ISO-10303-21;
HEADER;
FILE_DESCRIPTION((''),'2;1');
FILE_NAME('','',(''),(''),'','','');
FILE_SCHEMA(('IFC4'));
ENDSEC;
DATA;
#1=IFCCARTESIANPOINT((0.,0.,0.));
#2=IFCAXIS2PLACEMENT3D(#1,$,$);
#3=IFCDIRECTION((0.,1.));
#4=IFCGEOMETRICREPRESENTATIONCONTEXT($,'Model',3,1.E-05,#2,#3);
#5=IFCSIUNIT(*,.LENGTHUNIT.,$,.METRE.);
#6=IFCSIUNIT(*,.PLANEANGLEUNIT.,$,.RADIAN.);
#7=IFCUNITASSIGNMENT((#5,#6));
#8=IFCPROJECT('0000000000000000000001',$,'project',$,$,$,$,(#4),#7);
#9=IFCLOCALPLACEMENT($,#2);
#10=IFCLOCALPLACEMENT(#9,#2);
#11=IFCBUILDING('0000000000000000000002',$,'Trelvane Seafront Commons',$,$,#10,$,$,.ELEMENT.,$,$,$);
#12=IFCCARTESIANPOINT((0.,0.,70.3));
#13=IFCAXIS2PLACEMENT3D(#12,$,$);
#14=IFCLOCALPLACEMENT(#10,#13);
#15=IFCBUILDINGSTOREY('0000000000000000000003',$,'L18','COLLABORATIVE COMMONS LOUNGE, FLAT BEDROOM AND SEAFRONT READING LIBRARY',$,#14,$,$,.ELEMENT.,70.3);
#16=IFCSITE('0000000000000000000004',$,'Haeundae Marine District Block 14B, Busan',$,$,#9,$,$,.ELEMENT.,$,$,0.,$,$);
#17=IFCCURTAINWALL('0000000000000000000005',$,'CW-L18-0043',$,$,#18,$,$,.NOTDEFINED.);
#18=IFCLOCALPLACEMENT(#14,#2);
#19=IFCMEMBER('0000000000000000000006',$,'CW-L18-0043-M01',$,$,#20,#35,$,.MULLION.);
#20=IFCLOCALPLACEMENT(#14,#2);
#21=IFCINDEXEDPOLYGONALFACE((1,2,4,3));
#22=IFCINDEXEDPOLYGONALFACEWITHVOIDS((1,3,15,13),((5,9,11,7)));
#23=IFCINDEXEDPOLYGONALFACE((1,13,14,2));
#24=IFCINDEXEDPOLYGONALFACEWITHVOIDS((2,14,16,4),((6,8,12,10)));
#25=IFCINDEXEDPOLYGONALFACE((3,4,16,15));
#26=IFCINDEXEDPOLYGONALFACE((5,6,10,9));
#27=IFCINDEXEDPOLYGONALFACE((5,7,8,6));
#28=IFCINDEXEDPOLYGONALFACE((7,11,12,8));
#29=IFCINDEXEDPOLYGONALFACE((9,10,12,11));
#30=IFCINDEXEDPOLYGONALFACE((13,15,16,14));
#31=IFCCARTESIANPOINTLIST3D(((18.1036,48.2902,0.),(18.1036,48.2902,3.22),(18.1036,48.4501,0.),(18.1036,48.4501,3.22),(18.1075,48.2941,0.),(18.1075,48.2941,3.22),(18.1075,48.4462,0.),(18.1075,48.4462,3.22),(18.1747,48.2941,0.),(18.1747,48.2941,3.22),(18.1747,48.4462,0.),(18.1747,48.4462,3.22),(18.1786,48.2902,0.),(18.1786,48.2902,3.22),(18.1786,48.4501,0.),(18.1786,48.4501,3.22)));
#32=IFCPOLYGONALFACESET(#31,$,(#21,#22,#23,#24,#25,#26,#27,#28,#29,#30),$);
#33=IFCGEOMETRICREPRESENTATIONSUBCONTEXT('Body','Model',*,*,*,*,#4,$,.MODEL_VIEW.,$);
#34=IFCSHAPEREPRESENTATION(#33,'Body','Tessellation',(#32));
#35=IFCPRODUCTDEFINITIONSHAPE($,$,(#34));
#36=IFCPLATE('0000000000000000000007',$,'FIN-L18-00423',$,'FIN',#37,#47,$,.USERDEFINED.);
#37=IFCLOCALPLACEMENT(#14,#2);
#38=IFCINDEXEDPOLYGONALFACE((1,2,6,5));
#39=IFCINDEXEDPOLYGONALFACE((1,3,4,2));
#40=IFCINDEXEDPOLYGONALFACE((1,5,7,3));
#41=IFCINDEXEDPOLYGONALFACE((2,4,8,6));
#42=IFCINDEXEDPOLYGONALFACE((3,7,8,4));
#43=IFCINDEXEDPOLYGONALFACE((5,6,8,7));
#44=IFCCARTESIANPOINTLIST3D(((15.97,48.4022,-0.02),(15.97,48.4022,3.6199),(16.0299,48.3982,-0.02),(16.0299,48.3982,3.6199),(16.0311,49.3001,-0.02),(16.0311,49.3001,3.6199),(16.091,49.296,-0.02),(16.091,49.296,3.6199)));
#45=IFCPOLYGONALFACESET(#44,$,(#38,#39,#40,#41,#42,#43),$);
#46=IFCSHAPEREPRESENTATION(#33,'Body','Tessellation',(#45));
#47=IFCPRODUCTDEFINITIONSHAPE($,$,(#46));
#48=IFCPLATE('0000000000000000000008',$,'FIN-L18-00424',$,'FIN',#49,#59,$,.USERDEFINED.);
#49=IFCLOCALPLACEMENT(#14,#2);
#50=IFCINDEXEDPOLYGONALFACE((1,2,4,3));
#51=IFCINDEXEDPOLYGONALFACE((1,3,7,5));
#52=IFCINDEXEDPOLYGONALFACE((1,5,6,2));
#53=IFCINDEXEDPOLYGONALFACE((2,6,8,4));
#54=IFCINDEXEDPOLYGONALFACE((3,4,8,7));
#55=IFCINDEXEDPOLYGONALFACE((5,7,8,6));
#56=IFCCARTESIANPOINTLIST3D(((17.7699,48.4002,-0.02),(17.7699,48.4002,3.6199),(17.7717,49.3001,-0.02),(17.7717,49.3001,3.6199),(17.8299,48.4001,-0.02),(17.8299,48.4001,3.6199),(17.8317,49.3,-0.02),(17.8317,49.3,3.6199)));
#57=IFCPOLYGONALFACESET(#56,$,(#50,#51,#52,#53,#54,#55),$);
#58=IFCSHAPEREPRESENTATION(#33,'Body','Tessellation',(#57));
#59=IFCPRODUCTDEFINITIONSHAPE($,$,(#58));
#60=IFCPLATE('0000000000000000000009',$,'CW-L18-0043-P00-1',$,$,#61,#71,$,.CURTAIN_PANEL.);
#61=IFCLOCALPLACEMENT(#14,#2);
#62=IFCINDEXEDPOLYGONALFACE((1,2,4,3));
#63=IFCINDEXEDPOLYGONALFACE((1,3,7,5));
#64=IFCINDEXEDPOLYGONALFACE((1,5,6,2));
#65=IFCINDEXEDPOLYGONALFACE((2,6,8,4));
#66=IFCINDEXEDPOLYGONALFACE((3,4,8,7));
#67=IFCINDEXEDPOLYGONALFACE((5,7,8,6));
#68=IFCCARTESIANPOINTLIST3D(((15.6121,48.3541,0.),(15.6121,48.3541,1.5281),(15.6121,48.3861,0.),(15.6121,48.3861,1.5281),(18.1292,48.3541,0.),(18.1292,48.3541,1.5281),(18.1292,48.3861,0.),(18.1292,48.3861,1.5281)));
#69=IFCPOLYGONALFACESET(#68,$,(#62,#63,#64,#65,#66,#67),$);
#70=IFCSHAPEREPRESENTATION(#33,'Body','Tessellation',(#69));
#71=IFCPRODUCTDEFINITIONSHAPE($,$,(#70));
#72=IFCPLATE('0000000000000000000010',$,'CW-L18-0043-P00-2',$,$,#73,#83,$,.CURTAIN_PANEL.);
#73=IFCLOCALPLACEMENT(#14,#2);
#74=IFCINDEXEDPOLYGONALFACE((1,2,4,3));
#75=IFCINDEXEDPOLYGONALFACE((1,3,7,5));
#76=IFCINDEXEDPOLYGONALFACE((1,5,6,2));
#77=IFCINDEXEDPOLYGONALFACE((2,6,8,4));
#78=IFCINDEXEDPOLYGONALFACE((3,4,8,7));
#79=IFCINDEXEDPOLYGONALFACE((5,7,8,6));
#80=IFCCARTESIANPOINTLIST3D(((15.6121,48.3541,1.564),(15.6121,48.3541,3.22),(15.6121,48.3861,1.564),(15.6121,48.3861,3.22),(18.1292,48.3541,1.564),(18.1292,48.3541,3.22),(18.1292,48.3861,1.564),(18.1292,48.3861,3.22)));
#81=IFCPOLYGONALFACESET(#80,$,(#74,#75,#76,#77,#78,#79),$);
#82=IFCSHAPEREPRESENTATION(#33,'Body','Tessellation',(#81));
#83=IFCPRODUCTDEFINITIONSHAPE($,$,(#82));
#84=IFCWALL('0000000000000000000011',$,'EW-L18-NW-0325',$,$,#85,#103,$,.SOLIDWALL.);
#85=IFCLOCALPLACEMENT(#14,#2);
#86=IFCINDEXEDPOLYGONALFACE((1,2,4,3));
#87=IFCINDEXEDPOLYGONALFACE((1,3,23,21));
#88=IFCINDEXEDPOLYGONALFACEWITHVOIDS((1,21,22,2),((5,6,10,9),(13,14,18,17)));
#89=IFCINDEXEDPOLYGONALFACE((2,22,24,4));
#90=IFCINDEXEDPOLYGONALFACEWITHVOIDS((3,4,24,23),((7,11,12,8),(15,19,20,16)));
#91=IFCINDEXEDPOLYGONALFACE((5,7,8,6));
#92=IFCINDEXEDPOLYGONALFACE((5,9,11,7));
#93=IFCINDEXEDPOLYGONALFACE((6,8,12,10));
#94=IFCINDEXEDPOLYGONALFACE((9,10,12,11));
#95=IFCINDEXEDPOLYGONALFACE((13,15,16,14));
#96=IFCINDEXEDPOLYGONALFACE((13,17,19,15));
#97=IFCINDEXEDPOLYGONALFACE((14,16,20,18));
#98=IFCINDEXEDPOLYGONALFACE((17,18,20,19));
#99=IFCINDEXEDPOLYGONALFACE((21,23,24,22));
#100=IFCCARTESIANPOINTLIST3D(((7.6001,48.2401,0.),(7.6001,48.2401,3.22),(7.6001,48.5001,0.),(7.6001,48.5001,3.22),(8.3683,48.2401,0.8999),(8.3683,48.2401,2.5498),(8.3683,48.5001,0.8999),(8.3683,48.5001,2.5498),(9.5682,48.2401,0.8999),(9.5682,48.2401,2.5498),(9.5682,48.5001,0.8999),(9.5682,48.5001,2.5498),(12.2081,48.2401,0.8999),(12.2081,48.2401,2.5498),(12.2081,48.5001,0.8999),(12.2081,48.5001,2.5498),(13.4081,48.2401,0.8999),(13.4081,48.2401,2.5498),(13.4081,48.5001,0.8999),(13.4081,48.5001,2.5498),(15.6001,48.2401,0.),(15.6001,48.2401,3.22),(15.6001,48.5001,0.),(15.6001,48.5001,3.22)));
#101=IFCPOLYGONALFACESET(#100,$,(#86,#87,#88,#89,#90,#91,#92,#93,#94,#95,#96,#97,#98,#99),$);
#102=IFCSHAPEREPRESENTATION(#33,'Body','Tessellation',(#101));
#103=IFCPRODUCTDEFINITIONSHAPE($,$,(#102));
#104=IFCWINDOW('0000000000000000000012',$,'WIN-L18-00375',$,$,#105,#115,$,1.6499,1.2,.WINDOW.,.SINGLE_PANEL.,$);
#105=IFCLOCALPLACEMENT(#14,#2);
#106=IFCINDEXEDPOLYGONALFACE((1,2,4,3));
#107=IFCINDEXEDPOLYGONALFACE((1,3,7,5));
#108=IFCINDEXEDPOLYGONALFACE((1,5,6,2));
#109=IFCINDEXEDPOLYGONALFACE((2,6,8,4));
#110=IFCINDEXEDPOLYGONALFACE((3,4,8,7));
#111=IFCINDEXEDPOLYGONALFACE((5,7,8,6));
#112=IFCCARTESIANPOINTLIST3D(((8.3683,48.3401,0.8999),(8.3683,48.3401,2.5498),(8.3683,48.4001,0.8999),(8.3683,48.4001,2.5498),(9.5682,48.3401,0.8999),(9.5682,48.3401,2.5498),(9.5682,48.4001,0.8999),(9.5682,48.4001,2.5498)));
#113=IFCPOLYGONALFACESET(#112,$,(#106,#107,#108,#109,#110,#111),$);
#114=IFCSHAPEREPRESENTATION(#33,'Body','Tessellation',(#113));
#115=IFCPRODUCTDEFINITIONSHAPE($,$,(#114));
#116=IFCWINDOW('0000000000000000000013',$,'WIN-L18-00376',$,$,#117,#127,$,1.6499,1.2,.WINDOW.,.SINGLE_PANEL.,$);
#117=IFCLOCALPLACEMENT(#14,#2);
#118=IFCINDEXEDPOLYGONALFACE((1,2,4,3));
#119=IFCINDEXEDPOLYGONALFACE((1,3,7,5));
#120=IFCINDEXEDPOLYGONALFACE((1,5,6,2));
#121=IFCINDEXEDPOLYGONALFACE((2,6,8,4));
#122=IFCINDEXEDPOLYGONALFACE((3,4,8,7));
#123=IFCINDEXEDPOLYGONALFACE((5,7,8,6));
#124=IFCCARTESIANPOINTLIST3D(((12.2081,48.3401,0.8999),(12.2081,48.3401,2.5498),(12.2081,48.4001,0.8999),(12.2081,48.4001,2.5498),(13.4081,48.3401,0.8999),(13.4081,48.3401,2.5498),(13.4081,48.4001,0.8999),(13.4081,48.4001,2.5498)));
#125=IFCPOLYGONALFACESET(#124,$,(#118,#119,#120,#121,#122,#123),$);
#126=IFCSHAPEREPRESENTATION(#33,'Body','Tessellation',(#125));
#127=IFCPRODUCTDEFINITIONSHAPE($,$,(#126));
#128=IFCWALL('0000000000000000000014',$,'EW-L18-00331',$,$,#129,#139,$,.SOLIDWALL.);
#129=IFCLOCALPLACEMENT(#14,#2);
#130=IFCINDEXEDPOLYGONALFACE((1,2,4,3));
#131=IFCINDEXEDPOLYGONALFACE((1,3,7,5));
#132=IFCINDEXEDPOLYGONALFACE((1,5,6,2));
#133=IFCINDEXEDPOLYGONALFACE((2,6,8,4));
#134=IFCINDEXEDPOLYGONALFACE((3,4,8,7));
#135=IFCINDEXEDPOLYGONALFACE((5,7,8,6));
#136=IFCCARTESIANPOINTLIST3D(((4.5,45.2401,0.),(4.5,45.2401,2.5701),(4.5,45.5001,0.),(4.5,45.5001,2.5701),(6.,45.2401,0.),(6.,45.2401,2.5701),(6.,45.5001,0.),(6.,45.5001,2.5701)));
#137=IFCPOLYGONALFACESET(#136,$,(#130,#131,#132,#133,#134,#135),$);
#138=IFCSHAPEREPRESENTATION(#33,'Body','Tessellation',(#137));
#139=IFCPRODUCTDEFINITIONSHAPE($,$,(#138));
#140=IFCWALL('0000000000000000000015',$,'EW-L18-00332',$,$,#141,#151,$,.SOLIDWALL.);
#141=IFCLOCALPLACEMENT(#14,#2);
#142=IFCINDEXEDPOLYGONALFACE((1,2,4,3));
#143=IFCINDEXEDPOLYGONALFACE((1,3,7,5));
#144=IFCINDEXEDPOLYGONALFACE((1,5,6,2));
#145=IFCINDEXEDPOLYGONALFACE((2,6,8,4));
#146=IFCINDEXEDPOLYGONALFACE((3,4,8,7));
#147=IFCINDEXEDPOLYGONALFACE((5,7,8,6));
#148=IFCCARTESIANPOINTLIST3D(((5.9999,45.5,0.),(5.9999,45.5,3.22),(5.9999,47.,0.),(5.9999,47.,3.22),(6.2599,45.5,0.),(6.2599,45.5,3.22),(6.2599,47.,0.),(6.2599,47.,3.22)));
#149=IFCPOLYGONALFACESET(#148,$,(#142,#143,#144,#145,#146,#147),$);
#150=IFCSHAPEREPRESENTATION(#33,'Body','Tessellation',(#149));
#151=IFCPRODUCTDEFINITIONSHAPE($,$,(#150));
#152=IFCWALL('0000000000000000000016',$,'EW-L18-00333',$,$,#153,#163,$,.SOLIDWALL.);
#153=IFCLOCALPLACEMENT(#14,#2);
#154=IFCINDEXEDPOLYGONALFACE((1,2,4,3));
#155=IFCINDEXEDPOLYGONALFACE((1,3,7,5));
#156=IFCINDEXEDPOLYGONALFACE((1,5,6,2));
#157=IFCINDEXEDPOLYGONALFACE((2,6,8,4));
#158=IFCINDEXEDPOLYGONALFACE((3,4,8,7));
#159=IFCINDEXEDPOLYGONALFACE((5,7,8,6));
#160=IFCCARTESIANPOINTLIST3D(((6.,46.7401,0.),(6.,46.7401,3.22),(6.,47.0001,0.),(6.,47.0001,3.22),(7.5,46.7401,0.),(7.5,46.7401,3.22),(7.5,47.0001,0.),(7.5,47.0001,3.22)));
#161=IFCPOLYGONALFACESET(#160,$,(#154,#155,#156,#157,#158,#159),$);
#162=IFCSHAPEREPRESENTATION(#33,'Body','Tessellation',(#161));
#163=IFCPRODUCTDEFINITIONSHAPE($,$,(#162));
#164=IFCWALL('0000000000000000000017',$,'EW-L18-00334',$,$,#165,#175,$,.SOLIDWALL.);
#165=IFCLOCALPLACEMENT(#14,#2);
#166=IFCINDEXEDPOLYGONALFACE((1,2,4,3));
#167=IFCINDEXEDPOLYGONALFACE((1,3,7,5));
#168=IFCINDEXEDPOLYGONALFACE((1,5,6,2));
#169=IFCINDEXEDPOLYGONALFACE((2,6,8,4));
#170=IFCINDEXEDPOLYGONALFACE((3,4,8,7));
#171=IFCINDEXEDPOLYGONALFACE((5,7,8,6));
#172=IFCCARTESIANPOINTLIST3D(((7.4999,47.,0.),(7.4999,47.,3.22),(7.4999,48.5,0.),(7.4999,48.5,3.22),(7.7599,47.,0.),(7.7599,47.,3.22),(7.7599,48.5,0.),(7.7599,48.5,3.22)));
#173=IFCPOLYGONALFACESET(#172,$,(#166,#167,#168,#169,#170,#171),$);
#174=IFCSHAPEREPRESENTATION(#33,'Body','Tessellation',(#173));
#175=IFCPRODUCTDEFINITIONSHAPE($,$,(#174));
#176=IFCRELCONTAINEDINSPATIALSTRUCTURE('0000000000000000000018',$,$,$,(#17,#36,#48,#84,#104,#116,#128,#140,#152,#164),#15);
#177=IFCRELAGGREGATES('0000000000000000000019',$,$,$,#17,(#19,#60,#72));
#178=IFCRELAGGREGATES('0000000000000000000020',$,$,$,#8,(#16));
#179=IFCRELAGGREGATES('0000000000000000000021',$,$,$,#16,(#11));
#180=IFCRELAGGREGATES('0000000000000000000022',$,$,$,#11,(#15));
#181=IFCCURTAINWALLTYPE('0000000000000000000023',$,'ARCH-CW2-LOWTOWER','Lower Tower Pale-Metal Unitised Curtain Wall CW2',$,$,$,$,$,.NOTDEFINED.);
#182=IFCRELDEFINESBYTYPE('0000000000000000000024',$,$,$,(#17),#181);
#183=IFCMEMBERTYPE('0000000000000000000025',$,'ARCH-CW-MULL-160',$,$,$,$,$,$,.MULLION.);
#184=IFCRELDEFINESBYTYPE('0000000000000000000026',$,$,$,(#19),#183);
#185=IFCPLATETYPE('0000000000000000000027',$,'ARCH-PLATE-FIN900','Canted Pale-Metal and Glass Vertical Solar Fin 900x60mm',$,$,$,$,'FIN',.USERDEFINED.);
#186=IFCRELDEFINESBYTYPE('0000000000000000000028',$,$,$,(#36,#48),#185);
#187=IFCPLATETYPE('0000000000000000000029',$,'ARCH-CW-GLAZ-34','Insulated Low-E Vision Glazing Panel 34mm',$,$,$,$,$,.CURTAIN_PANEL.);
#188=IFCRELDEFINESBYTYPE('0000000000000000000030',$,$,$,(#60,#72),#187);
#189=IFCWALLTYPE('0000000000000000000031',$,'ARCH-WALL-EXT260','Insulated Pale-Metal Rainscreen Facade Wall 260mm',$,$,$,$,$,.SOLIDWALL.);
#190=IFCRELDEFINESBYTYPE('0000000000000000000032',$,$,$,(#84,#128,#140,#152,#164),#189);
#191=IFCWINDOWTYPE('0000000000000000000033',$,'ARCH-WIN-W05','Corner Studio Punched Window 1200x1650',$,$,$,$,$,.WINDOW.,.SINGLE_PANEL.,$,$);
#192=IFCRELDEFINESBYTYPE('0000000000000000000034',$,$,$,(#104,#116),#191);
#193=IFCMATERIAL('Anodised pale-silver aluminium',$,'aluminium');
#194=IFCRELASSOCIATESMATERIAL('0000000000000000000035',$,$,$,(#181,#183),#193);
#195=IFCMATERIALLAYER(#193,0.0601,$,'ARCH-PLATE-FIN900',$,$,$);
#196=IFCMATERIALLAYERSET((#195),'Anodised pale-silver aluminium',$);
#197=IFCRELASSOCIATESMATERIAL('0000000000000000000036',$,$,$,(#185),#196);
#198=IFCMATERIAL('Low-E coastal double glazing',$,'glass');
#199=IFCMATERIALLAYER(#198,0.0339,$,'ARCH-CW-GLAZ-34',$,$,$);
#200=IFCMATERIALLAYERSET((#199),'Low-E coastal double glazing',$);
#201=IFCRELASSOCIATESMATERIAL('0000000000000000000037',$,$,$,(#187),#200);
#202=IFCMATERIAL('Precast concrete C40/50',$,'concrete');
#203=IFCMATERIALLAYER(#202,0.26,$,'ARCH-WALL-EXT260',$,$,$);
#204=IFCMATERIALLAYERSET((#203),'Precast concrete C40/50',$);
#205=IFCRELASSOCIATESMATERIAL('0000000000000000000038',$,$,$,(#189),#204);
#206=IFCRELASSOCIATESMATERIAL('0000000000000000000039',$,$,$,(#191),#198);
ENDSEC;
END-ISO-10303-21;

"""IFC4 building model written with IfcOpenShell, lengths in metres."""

from ifc_helpers import new_model, si_unit, direction, frame, frame_2d, origin, origin_2d, place, context, subcontext, project, spatial, rectangle, hollow_rectangle, extrude, source, transform, mapped, material, layer, layer_set, material_profile, profile_set, type_object, element, fill, aggregate, save


model = new_model("IFC4")

# Units and contexts
model_context = context("Model", 3, precision=1e-05, world=origin(), true_north=direction((0.0, 1.0)))
body_context = subcontext(model_context, "Body", "Model", "MODEL_VIEW")
ifc_project = project(units=[si_unit("LENGTHUNIT", "METRE"), si_unit("PLANEANGLEUNIT", "RADIAN")], contexts=[model_context])

# Site, building, storey
site_placement = place(None, origin())
site = spatial("IfcSite", under=ifc_project, at=site_placement, Name="Haeundae Marine District Block 14B, Busan", CompositionType="ELEMENT", RefElevation=0.0)
building_placement = place(site_placement, origin())
building = spatial("IfcBuilding", under=site, at=building_placement, Name="Trelvane Seafront Commons", CompositionType="ELEMENT")
storey_placement = place(building_placement, frame((0.0, 0.0, 70.3)))
storey = spatial("IfcBuildingStorey", under=building, at=storey_placement, Name="L18", Description="COLLABORATIVE COMMONS LOUNGE, FLAT BEDROOM AND SEAFRONT READING LIBRARY", CompositionType="ELEMENT", Elevation=70.3)

# Curtain wall, member
ifc_material_1 = material(Name="Anodised pale-silver aluminium", Category="aluminium")
curtain_wall_type = type_object("IfcCurtainWallType", Name="ARCH-CW2-LOWTOWER", Description="Lower Tower Pale-Metal Unitised Curtain Wall CW2", PredefinedType="NOTDEFINED", material=ifc_material_1)
curtain_wall_placement = place(storey_placement, origin())
curtain_wall = element("IfcCurtainWall", 1, at=curtain_wall_placement, inside=storey, type_object=curtain_wall_type, Name="CW-L18-0043", PredefinedType="NOTDEFINED")
ifc_material_profile_1 = material_profile(ifc_material_1, hollow_rectangle(XDim=0.075, YDim=0.1599, WallThickness=0.0039, at=origin_2d()), Name="MULL-75x160x4")
ifc_profile_set_1 = profile_set([ifc_material_profile_1], Name="Anodised pale-silver aluminium")
member_type_1 = type_object("IfcMemberType", Name="ARCH-CW-MULL-160", PredefinedType="MULLION", material=ifc_profile_set_1)
shared_shape_1 = source(origin(), body_context, "Body", "SweptSolid", [
    extrude(hollow_rectangle(XDim=0.075, YDim=0.1599, WallThickness=0.0039, at=origin_2d()), origin(), (0.0, 0.0, 1.0), 3.22),
])
member_1_placement = place(storey_placement, frame((18.1411, 48.3701, 0.0), z_axis=(0.0, 0.0, 1.0), x_axis=(1.0, 0.0, 0.0)))
member_1 = element("IfcMember", 2, at=member_1_placement, type_object=member_type_1, Name="CW-L18-0043-M01", PredefinedType="MULLION", context=body_context, shape_type="MappedRepresentation", body=[
    mapped(shared_shape_1, transform((0.0, 0.0, 0.0), x_axis=(1.0, 0.0, 0.0), y_axis=(0.0, 1.0, 0.0), z_axis=(0.0, 0.0, 1.0), scale=1.0)),
])

# Plates
ifc_layer_1 = layer(ifc_material_1, 0.0601, Name="ARCH-PLATE-FIN900")
ifc_layer_set_1 = layer_set([ifc_layer_1], Name="Anodised pale-silver aluminium")
plate_type_1 = type_object("IfcPlateType", Name="ARCH-PLATE-FIN900", Description="Canted Pale-Metal and Glass Vertical Solar Fin 900x60mm", ElementType="FIN", PredefinedType="USERDEFINED", material=ifc_layer_set_1)
shared_shape_2 = source(origin(), body_context, "Body", "SweptSolid", [
    extrude(rectangle(XDim=0.8999, YDim=0.0601, at=origin_2d()), origin(), (0.0, 0.0, 1.0), 3.6399),
])
for number, where, z_axis, x_axis, name in (
    (3, (16.0305, 48.8491, -0.02), (0.0, 0.0, 1.0), (0.06789, 0.997693, 0.0), "FIN-L18-00423"),
    (4, (17.8008, 48.8501, -0.02), (0.0, 0.0, 1.0), (0.002, 0.999998, 0.0), "FIN-L18-00424"),
):
    element("IfcPlate", number, at=place(storey_placement, frame(where, z_axis=z_axis, x_axis=x_axis)), inside=storey, type_object=plate_type_1, Name=name, ObjectType="FIN", PredefinedType="USERDEFINED", context=body_context, shape_type="MappedRepresentation", body=[
        mapped(shared_shape_2, transform((0.0, 0.0, 0.0), x_axis=(1.0, 0.0, 0.0), y_axis=(0.0, 1.0, 0.0), z_axis=(0.0, 0.0, 1.0), scale=1.0)),
    ])

# Plates
ifc_material_2 = material(Name="Low-E coastal double glazing", Category="glass")
ifc_layer_2 = layer(ifc_material_2, 0.0339, Name="ARCH-CW-GLAZ-34")
ifc_layer_set_2 = layer_set([ifc_layer_2], Name="Low-E coastal double glazing")
plate_type_2 = type_object("IfcPlateType", Name="ARCH-CW-GLAZ-34", Description="Insulated Low-E Vision Glazing Panel 34mm", PredefinedType="CURTAIN_PANEL", material=ifc_layer_set_2)
shared_shape_3 = source(origin(), body_context, "Body", "SweptSolid", [
    extrude(rectangle(XDim=2.5171, YDim=0.032, at=origin_2d()), origin(), (0.0, 0.0, 1.0), 1.5281),
])
plate_1_placement = place(storey_placement, frame((16.8706, 48.3701, 0.0), z_axis=(0.0, 0.0, 1.0), x_axis=(1.0, 0.0, 0.0)))
plate_1 = element("IfcPlate", 5, at=plate_1_placement, type_object=plate_type_2, Name="CW-L18-0043-P00-1", PredefinedType="CURTAIN_PANEL", context=body_context, shape_type="MappedRepresentation", body=[
    mapped(shared_shape_3, transform((0.0, 0.0, 0.0), x_axis=(1.0, 0.0, 0.0), y_axis=(0.0, 1.0, 0.0), z_axis=(0.0, 0.0, 1.0), scale=1.0)),
])
shared_shape_4 = source(origin(), body_context, "Body", "SweptSolid", [
    extrude(rectangle(XDim=2.5171, YDim=0.032, at=origin_2d()), origin(), (0.0, 0.0, 1.0), 1.656),
])
plate_2_placement = place(storey_placement, frame((16.8706, 48.3701, 1.564), z_axis=(0.0, 0.0, 1.0), x_axis=(1.0, 0.0, 0.0)))
plate_2 = element("IfcPlate", 6, at=plate_2_placement, type_object=plate_type_2, Name="CW-L18-0043-P00-2", PredefinedType="CURTAIN_PANEL", context=body_context, shape_type="MappedRepresentation", body=[
    mapped(shared_shape_4, transform((0.0, 0.0, 0.0), x_axis=(1.0, 0.0, 0.0), y_axis=(0.0, 1.0, 0.0), z_axis=(0.0, 0.0, 1.0), scale=1.0)),
])
aggregate(curtain_wall, [member_1, plate_1, plate_2])

# Wall, openings, windows
ifc_material_3 = material(Name="Precast concrete C40/50", Category="concrete")
ifc_layer_3 = layer(ifc_material_3, 0.26, Name="ARCH-WALL-EXT260")
ifc_layer_set_3 = layer_set([ifc_layer_3], Name="Precast concrete C40/50")
wall_type_1 = type_object("IfcWallType", Name="ARCH-WALL-EXT260", Description="Insulated Pale-Metal Rainscreen Facade Wall 260mm", PredefinedType="SOLIDWALL", material=ifc_layer_set_3)
wall_1_placement = place(storey_placement, frame((7.6001, 48.3701, 0.0), z_axis=(0.0, 0.0, 1.0), x_axis=(1.0, 0.0, 0.0)))
wall_1 = element("IfcWall", 7, at=wall_1_placement, inside=storey, type_object=wall_type_1, Name="EW-L18-NW-0325", PredefinedType="SOLIDWALL", context=body_context, shape_type="SweptSolid", body=[
    extrude(rectangle(XDim=8.0, YDim=0.26, at=frame_2d((4.0, 0.0))), origin(), (0.0, 0.0, 1.0), 3.22),
])
opening_1_placement = place(wall_1_placement, frame((0.7681, 0.0, 0.8999)))
opening_1 = element("IfcOpeningElement", 8, at=opening_1_placement, cuts=wall_1, PredefinedType="OPENING", context=body_context, shape_type="SweptSolid", body=[
    extrude(rectangle(XDim=1.2, YDim=1.6499, at=frame_2d((0.6001, 0.825))), frame((0.0, 0.1399, 0.0), z_axis=(0.0, -1.0, 0.0), x_axis=(1.0, 0.0, 0.0)), (0.0, 0.0, 1.0), 0.28),
])
opening_2_placement = place(wall_1_placement, frame((4.6079, 0.0, 0.8999)))
opening_2 = element("IfcOpeningElement", 9, at=opening_2_placement, cuts=wall_1, PredefinedType="OPENING", context=body_context, shape_type="SweptSolid", body=[
    extrude(rectangle(XDim=1.2, YDim=1.6499, at=frame_2d((0.6001, 0.825))), frame((0.0, 0.1399, 0.0), z_axis=(0.0, -1.0, 0.0), x_axis=(1.0, 0.0, 0.0)), (0.0, 0.0, 1.0), 0.28),
])
window_type = type_object("IfcWindowType", Name="ARCH-WIN-W05", Description="Corner Studio Punched Window 1200x1650", PartitioningType="SINGLE_PANEL", PredefinedType="WINDOW", material=ifc_material_2)
shared_shape_5 = source(origin(), body_context, "Body", "SweptSolid", [
    extrude(rectangle(XDim=1.2, YDim=1.6499, at=frame_2d((0.6001, 0.825))), frame((0.0, 0.03, 0.0), z_axis=(0.0, -1.0, 0.0), x_axis=(1.0, 0.0, 0.0)), (0.0, 0.0, 1.0), 0.0601),
])
window_1_placement = place(opening_1_placement, origin())
window_1 = element("IfcWindow", 10, at=window_1_placement, inside=storey, type_object=window_type, Name="WIN-L18-00375", OverallHeight=1.6499, OverallWidth=1.2, PartitioningType="SINGLE_PANEL", PredefinedType="WINDOW", context=body_context, shape_type="MappedRepresentation", body=[
    mapped(shared_shape_5, transform((0.0, 0.0, 0.0), x_axis=(1.0, 0.0, 0.0), y_axis=(0.0, 1.0, 0.0), z_axis=(0.0, 0.0, 1.0), scale=1.0)),
])
fill(opening_1, window_1)
window_2_placement = place(opening_2_placement, origin())
window_2 = element("IfcWindow", 11, at=window_2_placement, inside=storey, type_object=window_type, Name="WIN-L18-00376", OverallHeight=1.6499, OverallWidth=1.2, PartitioningType="SINGLE_PANEL", PredefinedType="WINDOW", context=body_context, shape_type="MappedRepresentation", body=[
    mapped(shared_shape_5, transform((0.0, 0.0, 0.0), x_axis=(1.0, 0.0, 0.0), y_axis=(0.0, 1.0, 0.0), z_axis=(0.0, 0.0, 1.0), scale=1.0)),
])
fill(opening_2, window_2)

# Walls
wall_2_placement = place(storey_placement, frame((4.5, 45.3701, 0.0), z_axis=(0.0, 0.0, 1.0), x_axis=(1.0, 0.0, 0.0)))
element("IfcWall", 12, at=wall_2_placement, inside=storey, type_object=wall_type_1, Name="EW-L18-00331", PredefinedType="SOLIDWALL", context=body_context, shape_type="SweptSolid", body=[
    extrude(rectangle(XDim=1.5, YDim=0.26, at=frame_2d((0.75, 0.0))), origin(), (0.0, 0.0, 1.0), 2.5701),
])
for number, where, z_axis, x_axis, name in (
    (13, (6.1299, 45.5, 0.0), (0.0, 0.0, 1.0), (0.0, 1.0, 0.0), "EW-L18-00332"),
    (14, (6.0, 46.8701, 0.0), (0.0, 0.0, 1.0), (1.0, 0.0, 0.0), "EW-L18-00333"),
    (15, (7.6299, 47.0, 0.0), (0.0, 0.0, 1.0), (0.0, 1.0, 0.0), "EW-L18-00334"),
):
    element("IfcWall", number, at=place(storey_placement, frame(where, z_axis=z_axis, x_axis=x_axis)), inside=storey, type_object=wall_type_1, Name=name, PredefinedType="SOLIDWALL", context=body_context, shape_type="SweptSolid", body=[
        extrude(rectangle(XDim=1.5, YDim=0.26, at=frame_2d((0.75, 0.0))), origin(), (0.0, 0.0, 1.0), 3.22),
    ])

save(model, "model.ifc")
